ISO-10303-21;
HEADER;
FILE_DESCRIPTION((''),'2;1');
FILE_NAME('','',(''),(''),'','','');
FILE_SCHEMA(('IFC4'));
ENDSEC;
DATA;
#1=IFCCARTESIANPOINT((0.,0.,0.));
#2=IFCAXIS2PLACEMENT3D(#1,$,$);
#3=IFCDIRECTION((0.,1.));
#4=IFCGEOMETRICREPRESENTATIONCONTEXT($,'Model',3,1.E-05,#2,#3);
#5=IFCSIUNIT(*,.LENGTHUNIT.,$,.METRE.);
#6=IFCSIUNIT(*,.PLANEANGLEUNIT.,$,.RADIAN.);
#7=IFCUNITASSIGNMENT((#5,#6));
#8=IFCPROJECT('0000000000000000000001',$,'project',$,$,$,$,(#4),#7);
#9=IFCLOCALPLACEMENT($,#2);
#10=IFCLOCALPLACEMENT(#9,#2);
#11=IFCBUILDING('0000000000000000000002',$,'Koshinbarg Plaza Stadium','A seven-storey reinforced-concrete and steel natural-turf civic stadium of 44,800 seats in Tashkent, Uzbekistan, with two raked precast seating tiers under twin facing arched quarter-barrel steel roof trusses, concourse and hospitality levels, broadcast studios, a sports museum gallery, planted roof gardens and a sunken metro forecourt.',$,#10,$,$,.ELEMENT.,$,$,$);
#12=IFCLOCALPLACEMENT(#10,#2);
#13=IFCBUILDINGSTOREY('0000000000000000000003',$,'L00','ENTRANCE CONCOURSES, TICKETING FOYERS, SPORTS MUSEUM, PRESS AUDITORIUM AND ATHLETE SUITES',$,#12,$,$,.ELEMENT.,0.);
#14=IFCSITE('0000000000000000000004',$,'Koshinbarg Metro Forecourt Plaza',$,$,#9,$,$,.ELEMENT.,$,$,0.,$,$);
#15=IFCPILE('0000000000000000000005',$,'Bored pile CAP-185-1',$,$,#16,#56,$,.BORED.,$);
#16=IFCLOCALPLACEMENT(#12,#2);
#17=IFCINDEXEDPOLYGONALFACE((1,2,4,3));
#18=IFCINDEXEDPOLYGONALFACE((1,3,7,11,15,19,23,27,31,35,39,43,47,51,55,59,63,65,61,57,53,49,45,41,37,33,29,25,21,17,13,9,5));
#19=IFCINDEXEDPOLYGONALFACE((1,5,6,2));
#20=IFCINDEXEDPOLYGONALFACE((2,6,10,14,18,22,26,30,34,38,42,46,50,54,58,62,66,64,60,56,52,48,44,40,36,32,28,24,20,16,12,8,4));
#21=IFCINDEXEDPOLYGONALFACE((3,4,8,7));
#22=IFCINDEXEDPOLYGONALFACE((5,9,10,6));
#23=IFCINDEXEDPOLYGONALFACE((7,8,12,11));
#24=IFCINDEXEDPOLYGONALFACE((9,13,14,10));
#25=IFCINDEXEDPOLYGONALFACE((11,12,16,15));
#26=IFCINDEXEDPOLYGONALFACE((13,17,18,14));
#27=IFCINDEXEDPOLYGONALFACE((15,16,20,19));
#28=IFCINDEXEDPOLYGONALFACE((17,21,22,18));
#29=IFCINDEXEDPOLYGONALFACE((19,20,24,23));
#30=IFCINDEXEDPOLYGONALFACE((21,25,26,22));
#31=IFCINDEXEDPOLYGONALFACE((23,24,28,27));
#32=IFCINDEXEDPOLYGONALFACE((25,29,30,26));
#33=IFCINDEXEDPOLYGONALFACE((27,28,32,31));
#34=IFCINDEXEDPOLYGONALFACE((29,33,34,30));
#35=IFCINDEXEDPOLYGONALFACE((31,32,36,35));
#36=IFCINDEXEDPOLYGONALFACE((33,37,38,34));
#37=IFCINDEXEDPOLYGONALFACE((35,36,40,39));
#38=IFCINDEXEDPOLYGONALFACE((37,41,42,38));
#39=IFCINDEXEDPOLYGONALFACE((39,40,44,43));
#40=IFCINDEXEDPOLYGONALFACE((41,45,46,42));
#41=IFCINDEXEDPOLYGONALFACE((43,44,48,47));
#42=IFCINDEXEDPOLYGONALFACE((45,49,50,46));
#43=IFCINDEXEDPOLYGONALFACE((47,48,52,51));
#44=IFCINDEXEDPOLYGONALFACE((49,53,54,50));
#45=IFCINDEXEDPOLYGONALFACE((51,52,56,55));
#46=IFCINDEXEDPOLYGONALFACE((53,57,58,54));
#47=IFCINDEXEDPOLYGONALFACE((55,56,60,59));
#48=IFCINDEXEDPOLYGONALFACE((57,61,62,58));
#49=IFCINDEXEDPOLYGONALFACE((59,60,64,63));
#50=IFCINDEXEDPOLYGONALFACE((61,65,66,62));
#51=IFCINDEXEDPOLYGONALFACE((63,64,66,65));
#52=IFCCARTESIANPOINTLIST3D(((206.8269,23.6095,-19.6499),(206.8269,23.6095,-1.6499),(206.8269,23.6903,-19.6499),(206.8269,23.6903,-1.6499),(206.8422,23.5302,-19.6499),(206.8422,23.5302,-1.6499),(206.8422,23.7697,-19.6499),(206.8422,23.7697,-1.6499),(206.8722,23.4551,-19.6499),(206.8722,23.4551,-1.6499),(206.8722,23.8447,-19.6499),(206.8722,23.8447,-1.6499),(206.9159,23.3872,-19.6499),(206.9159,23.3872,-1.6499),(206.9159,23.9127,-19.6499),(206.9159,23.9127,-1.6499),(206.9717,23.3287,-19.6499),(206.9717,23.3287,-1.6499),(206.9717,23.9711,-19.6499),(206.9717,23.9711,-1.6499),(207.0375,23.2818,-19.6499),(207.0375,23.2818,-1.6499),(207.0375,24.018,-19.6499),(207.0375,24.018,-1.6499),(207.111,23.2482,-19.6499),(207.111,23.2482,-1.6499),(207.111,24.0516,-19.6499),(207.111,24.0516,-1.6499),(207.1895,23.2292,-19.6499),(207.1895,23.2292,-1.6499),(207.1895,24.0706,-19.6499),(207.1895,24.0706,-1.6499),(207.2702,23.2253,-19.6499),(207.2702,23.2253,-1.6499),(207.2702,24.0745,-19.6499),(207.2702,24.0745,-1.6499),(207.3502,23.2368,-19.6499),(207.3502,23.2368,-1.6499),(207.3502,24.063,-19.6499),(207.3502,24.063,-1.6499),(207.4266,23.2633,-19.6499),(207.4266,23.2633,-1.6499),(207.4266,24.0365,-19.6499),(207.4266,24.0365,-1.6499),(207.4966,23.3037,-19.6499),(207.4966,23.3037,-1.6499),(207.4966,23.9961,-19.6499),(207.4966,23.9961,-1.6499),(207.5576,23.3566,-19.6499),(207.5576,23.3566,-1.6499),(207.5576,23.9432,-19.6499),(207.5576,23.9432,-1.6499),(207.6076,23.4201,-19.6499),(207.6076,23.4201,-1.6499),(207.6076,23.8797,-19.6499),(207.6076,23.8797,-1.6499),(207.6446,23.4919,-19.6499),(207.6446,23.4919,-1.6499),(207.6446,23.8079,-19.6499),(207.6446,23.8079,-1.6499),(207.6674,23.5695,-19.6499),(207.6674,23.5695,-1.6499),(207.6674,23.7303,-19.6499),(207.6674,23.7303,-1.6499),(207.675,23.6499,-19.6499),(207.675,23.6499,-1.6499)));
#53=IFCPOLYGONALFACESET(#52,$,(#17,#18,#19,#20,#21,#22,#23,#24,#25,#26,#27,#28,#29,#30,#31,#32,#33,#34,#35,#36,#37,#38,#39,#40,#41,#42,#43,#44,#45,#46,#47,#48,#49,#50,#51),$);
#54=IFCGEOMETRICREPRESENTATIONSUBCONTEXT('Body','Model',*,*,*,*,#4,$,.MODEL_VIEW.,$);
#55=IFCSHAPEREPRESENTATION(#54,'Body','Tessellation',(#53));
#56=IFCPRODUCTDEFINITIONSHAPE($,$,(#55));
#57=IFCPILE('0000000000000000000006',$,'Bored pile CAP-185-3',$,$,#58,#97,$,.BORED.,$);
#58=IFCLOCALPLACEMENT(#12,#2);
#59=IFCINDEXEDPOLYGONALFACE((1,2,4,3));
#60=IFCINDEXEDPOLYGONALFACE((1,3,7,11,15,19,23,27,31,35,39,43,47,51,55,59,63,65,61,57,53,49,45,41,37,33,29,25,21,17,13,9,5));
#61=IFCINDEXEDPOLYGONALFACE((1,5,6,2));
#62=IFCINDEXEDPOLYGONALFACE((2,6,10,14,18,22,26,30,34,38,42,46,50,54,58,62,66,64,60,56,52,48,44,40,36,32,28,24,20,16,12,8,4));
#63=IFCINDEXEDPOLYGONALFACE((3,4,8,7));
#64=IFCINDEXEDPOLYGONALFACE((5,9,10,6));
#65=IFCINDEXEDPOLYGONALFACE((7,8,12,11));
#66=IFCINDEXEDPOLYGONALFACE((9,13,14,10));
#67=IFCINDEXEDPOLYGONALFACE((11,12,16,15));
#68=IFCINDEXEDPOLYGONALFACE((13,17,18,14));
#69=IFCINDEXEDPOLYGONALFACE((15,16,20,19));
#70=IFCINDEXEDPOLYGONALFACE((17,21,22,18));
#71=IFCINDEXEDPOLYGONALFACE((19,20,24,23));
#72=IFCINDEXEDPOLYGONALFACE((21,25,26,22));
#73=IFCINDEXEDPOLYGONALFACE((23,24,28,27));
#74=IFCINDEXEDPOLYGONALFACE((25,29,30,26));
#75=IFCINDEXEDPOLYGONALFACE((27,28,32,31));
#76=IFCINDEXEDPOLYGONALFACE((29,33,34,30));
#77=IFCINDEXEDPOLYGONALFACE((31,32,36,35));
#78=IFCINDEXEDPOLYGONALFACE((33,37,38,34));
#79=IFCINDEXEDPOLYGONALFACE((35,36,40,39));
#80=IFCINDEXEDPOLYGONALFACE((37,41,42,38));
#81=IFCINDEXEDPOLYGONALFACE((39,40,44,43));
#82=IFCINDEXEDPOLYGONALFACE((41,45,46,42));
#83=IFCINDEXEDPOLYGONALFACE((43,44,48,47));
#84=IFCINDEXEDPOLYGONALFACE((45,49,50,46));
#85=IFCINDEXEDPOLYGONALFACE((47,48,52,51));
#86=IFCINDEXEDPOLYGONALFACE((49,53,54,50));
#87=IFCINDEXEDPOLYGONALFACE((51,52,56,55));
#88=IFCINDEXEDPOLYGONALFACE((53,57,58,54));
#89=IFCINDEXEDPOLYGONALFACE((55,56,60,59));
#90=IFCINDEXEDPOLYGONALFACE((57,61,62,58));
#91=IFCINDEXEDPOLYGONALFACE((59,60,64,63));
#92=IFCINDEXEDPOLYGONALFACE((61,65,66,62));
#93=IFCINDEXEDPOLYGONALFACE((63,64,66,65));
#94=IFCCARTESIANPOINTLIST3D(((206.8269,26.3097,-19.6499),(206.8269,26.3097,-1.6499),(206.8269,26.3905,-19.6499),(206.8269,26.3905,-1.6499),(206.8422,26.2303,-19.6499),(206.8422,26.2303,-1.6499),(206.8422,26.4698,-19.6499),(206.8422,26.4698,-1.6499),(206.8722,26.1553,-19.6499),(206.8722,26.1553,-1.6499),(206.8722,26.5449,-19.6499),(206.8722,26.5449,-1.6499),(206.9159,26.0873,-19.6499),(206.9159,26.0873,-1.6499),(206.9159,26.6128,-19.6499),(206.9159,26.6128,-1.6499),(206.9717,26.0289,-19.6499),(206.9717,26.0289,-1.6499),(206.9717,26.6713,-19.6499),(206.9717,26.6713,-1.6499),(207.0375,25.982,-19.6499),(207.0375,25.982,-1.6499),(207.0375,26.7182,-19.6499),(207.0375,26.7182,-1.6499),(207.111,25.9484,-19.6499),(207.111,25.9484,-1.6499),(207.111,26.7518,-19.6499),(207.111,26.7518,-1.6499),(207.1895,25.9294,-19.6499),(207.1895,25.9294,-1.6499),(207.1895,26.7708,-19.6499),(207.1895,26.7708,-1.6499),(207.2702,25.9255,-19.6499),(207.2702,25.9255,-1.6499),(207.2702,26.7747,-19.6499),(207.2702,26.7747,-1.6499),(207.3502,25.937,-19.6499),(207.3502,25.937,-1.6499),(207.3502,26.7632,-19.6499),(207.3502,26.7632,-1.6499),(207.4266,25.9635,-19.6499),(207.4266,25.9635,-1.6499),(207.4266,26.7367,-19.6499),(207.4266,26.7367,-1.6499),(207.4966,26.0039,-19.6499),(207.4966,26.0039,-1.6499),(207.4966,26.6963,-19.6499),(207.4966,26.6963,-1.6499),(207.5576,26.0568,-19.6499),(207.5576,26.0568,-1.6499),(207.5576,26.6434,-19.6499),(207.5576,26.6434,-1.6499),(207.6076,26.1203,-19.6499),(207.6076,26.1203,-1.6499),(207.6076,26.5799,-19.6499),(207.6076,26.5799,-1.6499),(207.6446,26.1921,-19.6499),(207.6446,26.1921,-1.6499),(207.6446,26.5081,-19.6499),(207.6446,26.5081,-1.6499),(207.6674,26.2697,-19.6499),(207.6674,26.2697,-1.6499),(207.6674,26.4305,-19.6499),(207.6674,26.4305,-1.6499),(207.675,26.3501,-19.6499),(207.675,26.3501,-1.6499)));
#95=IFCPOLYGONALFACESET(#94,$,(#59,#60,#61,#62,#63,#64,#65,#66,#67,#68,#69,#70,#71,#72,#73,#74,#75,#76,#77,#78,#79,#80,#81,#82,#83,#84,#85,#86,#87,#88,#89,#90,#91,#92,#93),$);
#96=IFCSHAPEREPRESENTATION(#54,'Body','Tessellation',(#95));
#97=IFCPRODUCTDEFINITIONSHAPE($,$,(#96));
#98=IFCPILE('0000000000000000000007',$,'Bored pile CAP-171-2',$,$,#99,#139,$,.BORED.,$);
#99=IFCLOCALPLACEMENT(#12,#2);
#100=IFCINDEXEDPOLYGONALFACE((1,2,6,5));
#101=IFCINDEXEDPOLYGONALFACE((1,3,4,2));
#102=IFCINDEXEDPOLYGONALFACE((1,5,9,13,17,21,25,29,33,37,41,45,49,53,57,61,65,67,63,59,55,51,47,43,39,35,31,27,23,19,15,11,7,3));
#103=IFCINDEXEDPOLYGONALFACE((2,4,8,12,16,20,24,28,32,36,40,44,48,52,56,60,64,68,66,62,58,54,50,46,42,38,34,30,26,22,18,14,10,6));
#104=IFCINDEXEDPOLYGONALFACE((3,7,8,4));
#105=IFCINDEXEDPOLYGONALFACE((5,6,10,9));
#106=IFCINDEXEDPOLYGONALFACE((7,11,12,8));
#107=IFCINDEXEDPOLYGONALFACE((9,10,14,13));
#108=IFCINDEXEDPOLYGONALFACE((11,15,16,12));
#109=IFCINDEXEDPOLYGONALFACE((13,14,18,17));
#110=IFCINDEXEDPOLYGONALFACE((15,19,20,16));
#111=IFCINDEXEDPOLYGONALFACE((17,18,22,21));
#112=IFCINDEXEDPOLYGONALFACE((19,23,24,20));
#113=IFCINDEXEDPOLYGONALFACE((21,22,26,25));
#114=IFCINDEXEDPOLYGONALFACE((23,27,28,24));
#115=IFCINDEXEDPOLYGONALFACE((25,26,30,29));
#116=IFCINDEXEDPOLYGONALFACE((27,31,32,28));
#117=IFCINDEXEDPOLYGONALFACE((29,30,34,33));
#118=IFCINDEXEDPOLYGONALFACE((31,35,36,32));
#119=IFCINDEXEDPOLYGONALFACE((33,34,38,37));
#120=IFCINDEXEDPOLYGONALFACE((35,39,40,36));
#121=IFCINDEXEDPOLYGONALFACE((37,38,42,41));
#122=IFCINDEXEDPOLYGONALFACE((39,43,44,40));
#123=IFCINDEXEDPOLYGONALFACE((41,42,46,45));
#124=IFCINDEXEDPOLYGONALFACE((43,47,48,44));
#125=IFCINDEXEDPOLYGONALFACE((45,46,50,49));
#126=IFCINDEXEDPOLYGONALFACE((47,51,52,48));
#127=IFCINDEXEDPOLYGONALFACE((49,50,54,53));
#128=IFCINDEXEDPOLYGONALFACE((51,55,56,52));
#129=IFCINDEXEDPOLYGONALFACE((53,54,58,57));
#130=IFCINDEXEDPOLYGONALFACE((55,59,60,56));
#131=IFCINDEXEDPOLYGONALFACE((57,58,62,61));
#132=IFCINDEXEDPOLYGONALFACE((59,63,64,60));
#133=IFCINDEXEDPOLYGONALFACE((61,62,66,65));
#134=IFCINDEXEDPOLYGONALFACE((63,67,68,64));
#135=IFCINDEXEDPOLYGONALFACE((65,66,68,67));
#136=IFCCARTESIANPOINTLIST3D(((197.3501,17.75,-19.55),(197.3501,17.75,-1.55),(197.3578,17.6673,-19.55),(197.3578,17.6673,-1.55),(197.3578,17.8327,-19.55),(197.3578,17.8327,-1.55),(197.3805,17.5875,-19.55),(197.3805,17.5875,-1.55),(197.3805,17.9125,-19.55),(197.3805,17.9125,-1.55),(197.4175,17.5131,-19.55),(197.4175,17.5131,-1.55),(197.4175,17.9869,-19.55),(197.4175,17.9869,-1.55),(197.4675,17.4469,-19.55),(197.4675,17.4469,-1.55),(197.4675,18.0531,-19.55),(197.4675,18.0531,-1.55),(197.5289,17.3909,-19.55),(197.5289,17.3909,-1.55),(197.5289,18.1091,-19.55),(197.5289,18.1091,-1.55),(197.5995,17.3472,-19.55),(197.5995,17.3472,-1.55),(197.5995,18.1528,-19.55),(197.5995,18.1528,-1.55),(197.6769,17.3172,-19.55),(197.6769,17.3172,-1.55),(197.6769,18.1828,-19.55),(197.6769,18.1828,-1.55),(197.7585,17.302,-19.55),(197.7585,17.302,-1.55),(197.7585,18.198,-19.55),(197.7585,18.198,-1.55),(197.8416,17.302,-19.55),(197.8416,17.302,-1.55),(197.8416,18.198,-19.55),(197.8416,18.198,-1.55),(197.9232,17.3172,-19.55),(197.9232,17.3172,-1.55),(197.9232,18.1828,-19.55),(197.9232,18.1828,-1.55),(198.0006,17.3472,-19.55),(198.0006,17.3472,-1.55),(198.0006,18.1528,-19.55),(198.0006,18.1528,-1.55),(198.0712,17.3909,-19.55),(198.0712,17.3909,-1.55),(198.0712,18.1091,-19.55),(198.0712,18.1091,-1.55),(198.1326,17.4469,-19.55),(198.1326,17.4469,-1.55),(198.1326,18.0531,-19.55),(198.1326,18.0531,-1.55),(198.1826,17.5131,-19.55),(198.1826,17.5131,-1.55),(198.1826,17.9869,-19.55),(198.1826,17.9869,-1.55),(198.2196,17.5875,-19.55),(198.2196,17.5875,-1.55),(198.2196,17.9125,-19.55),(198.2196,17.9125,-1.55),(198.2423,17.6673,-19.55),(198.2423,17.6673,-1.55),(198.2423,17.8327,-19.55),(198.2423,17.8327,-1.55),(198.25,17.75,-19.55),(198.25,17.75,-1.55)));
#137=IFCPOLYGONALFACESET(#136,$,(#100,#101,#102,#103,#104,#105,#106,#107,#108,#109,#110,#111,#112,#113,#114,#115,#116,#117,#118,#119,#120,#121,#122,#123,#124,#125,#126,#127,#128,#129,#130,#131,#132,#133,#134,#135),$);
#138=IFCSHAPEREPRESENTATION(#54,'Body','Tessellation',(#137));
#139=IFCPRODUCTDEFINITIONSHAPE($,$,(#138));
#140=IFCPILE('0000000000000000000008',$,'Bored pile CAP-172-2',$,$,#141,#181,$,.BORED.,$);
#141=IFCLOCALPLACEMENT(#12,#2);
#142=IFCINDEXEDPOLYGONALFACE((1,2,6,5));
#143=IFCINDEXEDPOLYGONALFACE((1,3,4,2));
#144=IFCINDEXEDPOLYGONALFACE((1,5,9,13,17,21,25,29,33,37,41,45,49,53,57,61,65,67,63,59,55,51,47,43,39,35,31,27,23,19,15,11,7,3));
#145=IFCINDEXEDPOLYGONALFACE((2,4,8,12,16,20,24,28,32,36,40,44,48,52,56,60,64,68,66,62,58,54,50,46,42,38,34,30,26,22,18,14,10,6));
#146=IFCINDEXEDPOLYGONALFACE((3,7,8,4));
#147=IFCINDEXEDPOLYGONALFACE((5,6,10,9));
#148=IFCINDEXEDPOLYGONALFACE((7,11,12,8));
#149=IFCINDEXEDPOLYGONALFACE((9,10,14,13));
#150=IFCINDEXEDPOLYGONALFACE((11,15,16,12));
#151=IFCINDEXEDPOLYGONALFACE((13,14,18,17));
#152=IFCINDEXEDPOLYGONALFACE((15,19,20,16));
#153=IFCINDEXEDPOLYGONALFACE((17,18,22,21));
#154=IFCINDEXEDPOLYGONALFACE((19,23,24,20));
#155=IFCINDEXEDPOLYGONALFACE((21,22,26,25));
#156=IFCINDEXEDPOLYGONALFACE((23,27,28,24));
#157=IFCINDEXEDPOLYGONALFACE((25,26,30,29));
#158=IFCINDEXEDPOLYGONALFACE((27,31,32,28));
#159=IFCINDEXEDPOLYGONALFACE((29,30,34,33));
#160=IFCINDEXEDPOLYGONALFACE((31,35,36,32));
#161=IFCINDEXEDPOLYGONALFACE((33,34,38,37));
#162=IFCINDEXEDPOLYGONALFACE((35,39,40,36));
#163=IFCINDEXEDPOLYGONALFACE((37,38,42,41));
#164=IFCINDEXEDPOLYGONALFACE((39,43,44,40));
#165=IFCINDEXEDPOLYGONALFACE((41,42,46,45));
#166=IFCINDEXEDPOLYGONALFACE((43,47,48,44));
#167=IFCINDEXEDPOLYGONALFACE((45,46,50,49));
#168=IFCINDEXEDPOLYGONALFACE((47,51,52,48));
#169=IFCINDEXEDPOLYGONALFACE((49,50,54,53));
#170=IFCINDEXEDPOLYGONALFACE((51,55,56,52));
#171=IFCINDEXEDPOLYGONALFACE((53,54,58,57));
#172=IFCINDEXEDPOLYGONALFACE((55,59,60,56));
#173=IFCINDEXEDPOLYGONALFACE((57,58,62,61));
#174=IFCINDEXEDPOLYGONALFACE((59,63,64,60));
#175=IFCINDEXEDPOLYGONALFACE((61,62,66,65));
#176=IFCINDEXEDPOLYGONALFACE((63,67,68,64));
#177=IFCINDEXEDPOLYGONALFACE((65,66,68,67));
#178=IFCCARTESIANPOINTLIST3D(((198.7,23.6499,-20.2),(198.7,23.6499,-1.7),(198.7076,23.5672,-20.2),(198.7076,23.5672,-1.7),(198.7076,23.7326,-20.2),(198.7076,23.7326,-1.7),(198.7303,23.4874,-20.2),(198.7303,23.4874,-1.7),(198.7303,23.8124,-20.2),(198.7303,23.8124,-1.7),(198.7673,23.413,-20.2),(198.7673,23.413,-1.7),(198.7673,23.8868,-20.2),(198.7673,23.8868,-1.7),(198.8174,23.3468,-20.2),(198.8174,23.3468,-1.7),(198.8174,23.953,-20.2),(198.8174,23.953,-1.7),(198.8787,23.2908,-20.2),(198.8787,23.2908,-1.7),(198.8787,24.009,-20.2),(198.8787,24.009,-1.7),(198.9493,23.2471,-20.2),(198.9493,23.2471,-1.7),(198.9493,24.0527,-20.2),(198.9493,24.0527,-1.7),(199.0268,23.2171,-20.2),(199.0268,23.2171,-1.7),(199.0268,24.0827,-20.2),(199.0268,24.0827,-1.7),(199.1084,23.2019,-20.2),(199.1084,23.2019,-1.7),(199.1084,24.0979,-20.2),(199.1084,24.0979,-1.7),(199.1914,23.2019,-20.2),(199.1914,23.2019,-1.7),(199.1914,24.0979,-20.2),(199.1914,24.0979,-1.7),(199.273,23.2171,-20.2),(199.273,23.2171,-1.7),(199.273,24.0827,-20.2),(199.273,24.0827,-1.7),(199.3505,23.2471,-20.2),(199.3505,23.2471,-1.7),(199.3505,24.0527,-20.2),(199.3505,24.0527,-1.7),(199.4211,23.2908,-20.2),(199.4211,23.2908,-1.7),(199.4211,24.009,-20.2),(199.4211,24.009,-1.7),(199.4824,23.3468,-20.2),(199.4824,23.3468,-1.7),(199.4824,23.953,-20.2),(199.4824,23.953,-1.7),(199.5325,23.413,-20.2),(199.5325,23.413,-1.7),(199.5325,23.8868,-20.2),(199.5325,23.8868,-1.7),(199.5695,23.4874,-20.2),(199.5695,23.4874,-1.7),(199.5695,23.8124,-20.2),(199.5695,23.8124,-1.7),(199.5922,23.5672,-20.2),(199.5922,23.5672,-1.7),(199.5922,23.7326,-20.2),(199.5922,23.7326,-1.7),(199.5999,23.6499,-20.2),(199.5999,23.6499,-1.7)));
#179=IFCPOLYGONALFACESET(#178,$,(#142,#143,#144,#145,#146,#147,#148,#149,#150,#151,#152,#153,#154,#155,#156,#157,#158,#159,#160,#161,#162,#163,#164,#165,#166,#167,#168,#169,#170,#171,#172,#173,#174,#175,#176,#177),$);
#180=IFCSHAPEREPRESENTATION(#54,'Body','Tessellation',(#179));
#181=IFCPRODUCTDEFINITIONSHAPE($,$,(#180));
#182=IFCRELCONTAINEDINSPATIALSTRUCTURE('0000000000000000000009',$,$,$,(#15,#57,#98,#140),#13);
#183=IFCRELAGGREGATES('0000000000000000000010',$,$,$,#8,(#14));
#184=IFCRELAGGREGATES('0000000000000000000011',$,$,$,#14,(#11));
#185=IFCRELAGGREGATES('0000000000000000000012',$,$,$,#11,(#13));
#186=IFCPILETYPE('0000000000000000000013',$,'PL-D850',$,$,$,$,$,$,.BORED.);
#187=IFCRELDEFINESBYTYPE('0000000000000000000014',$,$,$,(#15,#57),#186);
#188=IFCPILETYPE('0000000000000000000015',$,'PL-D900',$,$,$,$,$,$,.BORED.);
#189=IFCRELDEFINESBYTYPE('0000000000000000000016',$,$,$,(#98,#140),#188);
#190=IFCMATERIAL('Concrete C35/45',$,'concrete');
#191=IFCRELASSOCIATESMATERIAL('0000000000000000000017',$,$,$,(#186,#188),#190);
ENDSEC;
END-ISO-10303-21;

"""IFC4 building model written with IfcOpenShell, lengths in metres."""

from ifc_helpers import new_model, si_unit, direction, frame, origin, origin_2d, place, context, subcontext, project, spatial, circle, extrude, material, material_profile, profile_set, type_object, element, save


model = new_model("IFC4")

# Units and contexts
model_context = context("Model", 3, precision=1e-05, world=origin(), true_north=direction((0.0, 1.0)))
body_context = subcontext(model_context, "Body", "Model", "MODEL_VIEW")
ifc_project = project(units=[si_unit("LENGTHUNIT", "METRE"), si_unit("PLANEANGLEUNIT", "RADIAN")], contexts=[model_context])

# Site, building, storey
site_placement = place(None, origin())
site = spatial("IfcSite", under=ifc_project, at=site_placement, Name="Koshinbarg Metro Forecourt Plaza", CompositionType="ELEMENT", RefElevation=0.0)
building_placement = place(site_placement, origin())
building = spatial("IfcBuilding", under=site, at=building_placement, Name="Koshinbarg Plaza Stadium", Description="A seven-storey reinforced-concrete and steel natural-turf civic stadium of 44,800 seats in Tashkent, Uzbekistan, with two raked precast seating tiers under twin facing arched quarter-barrel steel roof trusses, concourse and hospitality levels, broadcast studios, a sports museum gallery, planted roof gardens and a sunken metro forecourt.", CompositionType="ELEMENT")
storey_placement = place(building_placement, origin())
storey = spatial("IfcBuildingStorey", under=building, at=storey_placement, Name="L00", Description="ENTRANCE CONCOURSES, TICKETING FOYERS, SPORTS MUSEUM, PRESS AUDITORIUM AND ATHLETE SUITES", CompositionType="ELEMENT", Elevation=0.0)

# Shared definitions
ifc_material_1 = material(Name="Concrete C35/45", Category="concrete")

# Piles
ifc_material_profile_1 = material_profile(ifc_material_1, circle(Radius=0.425, at=origin_2d()), Name="PILE D850")
ifc_profile_set_1 = profile_set([ifc_material_profile_1], Name="Concrete C35/45")
pile_type_1 = type_object("IfcPileType", Name="PL-D850", PredefinedType="BORED", material=ifc_profile_set_1)
for number, where, z_axis, x_axis, name in (
    (1, (207.25, 23.6499, -1.6499), (0.0, 0.0, -1.0), (1.0, 0.0, 0.0), "Bored pile CAP-185-1"),
    (2, (207.25, 26.3501, -1.6499), (0.0, 0.0, -1.0), (1.0, 0.0, 0.0), "Bored pile CAP-185-3"),
):
    element("IfcPile", number, at=place(storey_placement, frame(where, z_axis=z_axis, x_axis=x_axis)), inside=storey, type_object=pile_type_1, Name=name, PredefinedType="BORED", context=body_context, shape_type="SweptSolid", body=[
        extrude(circle(Radius=0.425, at=origin_2d()), origin(), (0.0, 0.0, 1.0), 18.0),
    ])
ifc_material_profile_2 = material_profile(ifc_material_1, circle(Radius=0.45, at=origin_2d()), Name="PILE D900")
ifc_profile_set_2 = profile_set([ifc_material_profile_2], Name="Concrete C35/45")
pile_type_2 = type_object("IfcPileType", Name="PL-D900", PredefinedType="BORED", material=ifc_profile_set_2)
pile_1_placement = place(storey_placement, frame((197.8, 17.75, -1.55), z_axis=(0.0, 0.0, -1.0), x_axis=(1.0, 0.0, 0.0)))
element("IfcPile", 3, at=pile_1_placement, inside=storey, type_object=pile_type_2, Name="Bored pile CAP-171-2", PredefinedType="BORED", context=body_context, shape_type="SweptSolid", body=[
    extrude(circle(Radius=0.45, at=origin_2d()), origin(), (0.0, 0.0, 1.0), 18.0),
])
for number, where, z_axis, x_axis, name in (
    (4, (199.1499, 23.6499, -1.7), (0.0, 0.0, -1.0), (1.0, 0.0, 0.0), "Bored pile CAP-172-2"),
):
    element("IfcPile", number, at=place(storey_placement, frame(where, z_axis=z_axis, x_axis=x_axis)), inside=storey, type_object=pile_type_2, Name=name, PredefinedType="BORED", context=body_context, shape_type="SweptSolid", body=[
        extrude(circle(Radius=0.45, at=origin_2d()), origin(), (0.0, 0.0, 1.0), 18.5),
    ])

save(model, "model.ifc")
